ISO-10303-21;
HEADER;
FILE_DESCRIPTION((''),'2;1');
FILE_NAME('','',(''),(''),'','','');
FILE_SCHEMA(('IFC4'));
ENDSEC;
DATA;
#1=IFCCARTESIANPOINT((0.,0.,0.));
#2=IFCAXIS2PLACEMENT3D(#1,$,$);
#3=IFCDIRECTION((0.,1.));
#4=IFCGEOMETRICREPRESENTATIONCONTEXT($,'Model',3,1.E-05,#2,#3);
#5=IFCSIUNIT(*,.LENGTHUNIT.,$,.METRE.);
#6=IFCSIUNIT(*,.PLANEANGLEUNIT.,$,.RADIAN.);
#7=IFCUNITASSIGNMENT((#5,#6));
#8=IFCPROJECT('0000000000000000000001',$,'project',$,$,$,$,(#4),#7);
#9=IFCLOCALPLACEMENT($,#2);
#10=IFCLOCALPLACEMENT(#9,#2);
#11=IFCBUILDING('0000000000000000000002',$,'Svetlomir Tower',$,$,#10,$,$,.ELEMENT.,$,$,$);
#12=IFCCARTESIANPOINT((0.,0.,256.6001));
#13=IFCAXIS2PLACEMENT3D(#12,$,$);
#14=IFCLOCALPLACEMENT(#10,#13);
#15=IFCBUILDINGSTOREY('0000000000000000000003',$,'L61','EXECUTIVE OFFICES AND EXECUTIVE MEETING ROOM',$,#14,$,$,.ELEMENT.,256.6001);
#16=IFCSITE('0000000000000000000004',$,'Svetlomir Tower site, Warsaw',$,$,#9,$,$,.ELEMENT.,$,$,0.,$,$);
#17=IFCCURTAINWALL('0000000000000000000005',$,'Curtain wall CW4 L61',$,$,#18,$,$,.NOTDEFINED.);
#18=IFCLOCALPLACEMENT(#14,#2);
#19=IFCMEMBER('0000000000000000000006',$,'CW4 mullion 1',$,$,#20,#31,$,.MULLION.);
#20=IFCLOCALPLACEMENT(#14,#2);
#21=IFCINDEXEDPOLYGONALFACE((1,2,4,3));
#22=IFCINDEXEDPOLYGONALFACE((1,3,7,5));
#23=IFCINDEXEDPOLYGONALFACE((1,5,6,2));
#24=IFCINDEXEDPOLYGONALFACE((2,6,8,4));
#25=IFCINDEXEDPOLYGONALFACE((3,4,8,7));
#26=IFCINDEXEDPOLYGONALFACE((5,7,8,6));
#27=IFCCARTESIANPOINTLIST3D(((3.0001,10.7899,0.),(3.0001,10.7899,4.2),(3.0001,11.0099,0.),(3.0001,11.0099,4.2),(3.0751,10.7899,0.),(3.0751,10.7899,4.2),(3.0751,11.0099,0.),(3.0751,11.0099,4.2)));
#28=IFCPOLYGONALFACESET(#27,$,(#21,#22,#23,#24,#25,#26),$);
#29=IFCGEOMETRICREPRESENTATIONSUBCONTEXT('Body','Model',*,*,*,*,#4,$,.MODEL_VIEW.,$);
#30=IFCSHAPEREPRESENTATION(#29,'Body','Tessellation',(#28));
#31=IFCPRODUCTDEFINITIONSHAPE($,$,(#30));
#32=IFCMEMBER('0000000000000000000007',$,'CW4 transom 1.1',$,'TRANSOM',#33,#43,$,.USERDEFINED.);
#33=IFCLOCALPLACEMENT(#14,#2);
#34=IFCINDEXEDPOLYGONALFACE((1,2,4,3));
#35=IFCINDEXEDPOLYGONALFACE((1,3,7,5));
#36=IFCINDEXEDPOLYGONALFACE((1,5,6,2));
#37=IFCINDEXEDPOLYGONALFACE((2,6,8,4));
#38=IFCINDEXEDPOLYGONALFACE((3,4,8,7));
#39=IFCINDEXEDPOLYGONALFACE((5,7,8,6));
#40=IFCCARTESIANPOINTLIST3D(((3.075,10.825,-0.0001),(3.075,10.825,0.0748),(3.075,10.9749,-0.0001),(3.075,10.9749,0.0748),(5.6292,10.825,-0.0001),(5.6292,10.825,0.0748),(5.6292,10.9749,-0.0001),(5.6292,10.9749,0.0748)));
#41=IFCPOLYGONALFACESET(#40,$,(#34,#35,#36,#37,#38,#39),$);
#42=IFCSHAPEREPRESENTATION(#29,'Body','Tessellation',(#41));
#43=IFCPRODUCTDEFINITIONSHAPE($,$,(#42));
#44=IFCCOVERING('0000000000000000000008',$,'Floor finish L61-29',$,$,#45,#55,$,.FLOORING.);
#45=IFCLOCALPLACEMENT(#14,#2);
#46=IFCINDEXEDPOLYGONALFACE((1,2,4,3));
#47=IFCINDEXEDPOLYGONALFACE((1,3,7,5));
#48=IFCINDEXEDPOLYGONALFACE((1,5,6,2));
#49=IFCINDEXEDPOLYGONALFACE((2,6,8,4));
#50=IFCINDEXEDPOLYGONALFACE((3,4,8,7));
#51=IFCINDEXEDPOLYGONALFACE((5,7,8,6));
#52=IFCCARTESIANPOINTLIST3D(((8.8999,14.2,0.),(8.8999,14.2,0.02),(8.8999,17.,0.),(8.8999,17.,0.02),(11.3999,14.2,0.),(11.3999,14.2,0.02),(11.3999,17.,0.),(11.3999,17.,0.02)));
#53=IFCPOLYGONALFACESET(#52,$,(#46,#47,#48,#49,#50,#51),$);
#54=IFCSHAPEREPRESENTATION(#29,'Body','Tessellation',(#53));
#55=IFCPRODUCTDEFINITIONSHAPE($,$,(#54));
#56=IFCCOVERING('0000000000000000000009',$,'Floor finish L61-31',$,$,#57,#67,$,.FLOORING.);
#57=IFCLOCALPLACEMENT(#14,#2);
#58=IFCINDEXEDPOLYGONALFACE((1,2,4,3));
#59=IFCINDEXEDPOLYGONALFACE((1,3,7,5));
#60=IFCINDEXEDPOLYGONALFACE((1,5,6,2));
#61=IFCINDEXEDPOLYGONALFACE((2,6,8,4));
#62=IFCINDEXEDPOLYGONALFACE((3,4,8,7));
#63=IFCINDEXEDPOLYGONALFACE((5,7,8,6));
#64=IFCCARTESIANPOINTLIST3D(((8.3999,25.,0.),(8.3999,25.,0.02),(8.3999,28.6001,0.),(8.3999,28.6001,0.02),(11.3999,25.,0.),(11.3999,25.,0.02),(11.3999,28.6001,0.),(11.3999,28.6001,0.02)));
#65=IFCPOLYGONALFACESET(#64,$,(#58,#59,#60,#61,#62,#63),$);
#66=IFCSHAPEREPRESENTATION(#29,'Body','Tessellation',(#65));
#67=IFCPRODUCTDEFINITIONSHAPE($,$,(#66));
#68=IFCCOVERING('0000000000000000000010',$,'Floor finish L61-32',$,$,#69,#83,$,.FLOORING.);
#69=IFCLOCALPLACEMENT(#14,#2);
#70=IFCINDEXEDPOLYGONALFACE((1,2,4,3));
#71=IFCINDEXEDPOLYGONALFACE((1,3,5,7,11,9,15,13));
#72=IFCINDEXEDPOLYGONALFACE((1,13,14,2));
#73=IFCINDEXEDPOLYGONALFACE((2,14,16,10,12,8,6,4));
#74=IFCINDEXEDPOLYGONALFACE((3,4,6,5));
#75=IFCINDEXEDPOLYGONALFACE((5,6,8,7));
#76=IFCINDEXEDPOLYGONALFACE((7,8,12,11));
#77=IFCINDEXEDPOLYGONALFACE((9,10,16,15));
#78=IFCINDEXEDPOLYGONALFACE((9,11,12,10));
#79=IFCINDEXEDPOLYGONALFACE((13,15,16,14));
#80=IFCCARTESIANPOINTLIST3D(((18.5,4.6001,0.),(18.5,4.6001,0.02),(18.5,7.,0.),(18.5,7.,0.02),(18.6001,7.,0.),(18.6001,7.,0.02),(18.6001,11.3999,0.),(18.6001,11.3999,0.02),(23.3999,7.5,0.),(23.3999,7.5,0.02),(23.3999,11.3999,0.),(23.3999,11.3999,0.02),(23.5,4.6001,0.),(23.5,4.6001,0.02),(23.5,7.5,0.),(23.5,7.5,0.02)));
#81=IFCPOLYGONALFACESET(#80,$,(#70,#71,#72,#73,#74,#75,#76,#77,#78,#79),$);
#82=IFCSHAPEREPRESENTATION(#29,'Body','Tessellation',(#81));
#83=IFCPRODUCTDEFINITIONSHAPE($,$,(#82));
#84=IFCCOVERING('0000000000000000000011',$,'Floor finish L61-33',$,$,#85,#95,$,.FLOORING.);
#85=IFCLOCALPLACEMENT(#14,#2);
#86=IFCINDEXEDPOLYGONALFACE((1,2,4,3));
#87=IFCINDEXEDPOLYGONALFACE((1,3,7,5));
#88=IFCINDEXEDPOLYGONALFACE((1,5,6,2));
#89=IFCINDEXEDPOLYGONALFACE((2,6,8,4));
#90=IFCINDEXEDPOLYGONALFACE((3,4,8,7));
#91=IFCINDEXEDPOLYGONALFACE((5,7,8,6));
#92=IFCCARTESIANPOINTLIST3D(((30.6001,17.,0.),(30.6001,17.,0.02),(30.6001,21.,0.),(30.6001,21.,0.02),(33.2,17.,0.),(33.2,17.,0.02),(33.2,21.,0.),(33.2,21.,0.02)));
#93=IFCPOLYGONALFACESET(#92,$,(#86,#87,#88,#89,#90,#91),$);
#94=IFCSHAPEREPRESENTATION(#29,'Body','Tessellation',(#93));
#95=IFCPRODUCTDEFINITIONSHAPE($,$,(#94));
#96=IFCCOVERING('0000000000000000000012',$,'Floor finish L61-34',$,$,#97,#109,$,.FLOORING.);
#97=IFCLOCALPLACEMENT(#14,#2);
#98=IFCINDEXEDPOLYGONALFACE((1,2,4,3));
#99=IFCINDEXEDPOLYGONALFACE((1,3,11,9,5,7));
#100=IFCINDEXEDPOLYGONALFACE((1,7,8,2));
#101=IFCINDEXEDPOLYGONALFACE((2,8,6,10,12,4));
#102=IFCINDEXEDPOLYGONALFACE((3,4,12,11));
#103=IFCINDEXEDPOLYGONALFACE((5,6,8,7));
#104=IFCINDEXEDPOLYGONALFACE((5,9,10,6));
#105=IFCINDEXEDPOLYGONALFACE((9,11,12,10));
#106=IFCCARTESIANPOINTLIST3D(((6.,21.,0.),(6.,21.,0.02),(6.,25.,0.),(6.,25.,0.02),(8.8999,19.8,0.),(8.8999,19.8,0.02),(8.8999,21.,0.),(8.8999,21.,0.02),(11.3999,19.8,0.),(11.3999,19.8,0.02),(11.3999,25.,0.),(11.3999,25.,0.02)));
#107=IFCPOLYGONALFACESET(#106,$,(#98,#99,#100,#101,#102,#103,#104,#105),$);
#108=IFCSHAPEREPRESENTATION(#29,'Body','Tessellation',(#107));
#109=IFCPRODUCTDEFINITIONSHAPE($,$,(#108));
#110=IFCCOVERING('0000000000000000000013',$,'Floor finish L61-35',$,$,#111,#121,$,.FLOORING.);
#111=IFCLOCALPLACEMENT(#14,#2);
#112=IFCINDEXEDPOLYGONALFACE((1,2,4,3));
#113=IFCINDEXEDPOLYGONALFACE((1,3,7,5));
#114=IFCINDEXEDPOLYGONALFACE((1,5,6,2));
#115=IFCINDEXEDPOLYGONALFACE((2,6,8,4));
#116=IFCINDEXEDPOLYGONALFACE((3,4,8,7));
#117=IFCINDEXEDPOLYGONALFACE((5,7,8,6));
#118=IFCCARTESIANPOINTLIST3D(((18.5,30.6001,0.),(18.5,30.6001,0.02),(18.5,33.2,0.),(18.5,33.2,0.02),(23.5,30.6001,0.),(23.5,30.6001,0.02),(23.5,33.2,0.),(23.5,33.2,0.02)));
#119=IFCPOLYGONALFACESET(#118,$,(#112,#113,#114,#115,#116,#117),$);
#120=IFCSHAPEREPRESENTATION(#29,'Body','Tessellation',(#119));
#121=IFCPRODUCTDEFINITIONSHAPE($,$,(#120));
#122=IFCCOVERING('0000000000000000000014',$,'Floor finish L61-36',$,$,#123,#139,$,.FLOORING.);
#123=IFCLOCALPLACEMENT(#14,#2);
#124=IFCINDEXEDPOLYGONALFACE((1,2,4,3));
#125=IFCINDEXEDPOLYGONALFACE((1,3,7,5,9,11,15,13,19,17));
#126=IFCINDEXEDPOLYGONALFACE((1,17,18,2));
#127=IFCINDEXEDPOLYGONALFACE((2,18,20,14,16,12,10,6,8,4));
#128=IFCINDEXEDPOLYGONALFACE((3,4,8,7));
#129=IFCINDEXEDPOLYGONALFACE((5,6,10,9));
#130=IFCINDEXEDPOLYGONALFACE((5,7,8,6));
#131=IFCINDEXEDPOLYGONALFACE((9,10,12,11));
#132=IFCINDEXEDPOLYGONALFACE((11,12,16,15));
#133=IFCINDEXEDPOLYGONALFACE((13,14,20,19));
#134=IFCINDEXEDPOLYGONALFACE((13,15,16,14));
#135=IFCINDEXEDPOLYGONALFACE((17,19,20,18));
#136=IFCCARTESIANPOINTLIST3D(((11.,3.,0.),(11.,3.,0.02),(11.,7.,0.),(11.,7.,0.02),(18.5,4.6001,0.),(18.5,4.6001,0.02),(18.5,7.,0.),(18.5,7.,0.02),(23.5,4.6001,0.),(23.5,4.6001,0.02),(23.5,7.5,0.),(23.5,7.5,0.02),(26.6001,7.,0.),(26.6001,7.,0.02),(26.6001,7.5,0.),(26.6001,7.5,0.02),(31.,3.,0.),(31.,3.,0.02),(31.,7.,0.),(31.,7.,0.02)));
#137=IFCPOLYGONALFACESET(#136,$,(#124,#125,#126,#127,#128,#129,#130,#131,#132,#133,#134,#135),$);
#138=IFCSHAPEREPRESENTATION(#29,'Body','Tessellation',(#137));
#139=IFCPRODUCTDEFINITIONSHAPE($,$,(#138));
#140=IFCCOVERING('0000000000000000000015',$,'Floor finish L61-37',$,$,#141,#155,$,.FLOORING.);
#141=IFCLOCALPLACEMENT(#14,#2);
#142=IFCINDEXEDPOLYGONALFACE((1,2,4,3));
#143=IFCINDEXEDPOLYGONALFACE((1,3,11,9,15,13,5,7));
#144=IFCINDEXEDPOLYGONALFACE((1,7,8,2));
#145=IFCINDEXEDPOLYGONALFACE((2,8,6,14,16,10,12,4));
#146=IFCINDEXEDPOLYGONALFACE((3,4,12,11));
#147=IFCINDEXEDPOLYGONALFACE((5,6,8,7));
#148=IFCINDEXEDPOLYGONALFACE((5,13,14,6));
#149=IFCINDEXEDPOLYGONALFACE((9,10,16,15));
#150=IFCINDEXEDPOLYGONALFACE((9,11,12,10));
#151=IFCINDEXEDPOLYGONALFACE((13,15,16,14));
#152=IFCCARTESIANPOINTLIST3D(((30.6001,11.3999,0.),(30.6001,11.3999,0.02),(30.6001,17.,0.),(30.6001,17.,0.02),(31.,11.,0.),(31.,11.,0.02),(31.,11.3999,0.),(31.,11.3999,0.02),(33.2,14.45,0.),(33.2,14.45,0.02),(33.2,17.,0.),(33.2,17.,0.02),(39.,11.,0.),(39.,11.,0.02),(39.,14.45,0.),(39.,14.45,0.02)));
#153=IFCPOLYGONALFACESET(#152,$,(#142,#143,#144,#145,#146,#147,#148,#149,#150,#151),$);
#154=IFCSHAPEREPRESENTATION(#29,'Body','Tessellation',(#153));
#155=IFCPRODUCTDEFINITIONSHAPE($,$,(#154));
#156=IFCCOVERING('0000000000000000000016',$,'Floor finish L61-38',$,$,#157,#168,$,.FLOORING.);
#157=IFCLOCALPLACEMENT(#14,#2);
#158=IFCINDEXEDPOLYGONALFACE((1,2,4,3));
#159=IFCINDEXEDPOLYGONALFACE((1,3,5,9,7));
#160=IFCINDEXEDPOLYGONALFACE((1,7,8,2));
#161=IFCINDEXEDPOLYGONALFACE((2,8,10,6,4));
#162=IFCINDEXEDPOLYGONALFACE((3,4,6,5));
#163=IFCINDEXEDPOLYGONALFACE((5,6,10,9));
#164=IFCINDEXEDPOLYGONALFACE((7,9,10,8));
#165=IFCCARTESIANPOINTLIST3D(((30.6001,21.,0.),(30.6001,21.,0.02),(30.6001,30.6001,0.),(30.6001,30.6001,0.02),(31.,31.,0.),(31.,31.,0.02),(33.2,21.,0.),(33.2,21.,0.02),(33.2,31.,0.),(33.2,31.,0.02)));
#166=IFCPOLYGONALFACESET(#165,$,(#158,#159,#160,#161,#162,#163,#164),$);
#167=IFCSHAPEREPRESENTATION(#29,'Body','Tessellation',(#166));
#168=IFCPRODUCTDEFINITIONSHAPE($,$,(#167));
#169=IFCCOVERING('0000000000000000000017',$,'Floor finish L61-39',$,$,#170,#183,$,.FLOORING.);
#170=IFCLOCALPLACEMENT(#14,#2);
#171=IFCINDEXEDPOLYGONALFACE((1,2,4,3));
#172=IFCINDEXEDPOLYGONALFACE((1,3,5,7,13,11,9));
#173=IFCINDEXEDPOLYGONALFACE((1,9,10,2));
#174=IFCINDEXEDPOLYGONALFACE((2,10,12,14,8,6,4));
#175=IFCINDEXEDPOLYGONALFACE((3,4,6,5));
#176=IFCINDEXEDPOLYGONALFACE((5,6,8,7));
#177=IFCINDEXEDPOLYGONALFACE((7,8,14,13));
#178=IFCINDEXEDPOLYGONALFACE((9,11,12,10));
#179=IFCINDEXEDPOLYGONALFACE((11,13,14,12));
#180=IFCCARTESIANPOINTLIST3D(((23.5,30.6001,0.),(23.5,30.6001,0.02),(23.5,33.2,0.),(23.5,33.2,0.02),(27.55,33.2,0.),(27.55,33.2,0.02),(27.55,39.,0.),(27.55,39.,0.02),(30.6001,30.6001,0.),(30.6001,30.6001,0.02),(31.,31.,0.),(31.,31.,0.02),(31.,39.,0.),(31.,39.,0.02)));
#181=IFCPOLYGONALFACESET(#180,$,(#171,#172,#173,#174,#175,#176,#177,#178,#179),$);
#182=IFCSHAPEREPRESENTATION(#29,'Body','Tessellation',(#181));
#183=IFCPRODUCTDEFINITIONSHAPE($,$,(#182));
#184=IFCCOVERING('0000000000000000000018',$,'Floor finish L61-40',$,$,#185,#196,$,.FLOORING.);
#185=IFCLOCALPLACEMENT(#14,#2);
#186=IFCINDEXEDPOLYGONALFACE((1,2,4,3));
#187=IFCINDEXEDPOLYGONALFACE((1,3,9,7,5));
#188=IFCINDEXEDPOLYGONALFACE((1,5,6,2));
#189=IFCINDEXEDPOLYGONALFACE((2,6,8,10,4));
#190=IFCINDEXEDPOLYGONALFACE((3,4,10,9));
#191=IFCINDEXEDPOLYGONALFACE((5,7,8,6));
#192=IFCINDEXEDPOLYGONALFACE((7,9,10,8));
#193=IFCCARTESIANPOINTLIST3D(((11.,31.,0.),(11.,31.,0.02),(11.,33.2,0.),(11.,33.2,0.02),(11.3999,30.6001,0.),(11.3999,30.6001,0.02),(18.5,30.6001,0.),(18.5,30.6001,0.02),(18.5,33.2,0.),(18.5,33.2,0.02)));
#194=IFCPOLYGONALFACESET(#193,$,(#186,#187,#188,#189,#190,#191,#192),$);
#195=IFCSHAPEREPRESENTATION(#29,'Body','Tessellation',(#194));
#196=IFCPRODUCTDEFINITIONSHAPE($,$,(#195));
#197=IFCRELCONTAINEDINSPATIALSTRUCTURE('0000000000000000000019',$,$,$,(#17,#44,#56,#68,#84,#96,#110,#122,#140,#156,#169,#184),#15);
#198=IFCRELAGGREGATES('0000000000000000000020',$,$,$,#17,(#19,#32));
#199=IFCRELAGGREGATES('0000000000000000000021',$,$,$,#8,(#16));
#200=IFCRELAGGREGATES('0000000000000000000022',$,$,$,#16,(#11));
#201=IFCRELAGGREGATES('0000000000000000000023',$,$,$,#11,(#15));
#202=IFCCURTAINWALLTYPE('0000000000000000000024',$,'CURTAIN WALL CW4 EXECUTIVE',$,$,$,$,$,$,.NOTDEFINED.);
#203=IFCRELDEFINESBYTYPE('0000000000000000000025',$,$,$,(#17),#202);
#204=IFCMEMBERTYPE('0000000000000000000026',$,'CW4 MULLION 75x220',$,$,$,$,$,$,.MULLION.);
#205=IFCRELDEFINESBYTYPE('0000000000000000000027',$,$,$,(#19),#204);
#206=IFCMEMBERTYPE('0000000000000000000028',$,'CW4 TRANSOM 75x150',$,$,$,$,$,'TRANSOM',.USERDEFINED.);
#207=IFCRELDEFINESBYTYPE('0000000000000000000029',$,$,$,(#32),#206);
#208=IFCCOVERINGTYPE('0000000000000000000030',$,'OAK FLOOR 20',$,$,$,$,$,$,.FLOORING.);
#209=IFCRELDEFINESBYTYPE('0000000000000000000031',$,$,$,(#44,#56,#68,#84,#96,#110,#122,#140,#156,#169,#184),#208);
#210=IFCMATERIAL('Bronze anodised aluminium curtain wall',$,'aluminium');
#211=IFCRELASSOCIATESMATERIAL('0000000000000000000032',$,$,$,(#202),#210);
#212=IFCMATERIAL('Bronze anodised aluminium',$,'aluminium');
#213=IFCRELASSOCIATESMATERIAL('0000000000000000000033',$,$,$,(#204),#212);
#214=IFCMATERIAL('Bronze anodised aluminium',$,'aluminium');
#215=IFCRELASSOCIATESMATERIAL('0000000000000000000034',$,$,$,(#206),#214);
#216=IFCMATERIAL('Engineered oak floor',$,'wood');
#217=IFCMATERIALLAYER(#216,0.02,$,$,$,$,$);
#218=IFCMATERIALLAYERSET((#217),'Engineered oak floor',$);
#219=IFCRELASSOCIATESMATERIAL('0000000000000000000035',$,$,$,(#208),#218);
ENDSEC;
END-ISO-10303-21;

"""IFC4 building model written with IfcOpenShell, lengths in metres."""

from ifc_helpers import new_model, si_unit, direction, frame, origin, origin_2d, place, context, subcontext, project, spatial, polyline, rectangle, outline, extrude, material, layer, layer_set, material_profile, profile_set, type_object, element, aggregate, save


model = new_model("IFC4")

# Units and contexts
model_context = context("Model", 3, precision=1e-05, world=origin(), true_north=direction((0.0, 1.0)))
body_context = subcontext(model_context, "Body", "Model", "MODEL_VIEW")
ifc_project = project(units=[si_unit("LENGTHUNIT", "METRE"), si_unit("PLANEANGLEUNIT", "RADIAN")], contexts=[model_context])

# Site, building, storey
site_placement = place(None, origin())
site = spatial("IfcSite", under=ifc_project, at=site_placement, Name="Svetlomir Tower site, Warsaw", CompositionType="ELEMENT", RefElevation=0.0)
building_placement = place(site_placement, origin())
building = spatial("IfcBuilding", under=site, at=building_placement, Name="Svetlomir Tower", CompositionType="ELEMENT")
storey_placement = place(building_placement, frame((0.0, 0.0, 256.6001)))
storey = spatial("IfcBuildingStorey", under=building, at=storey_placement, Name="L61", Description="EXECUTIVE OFFICES AND EXECUTIVE MEETING ROOM", CompositionType="ELEMENT", Elevation=256.6001)

# Curtain wall, members
ifc_material_1 = material(Name="Bronze anodised aluminium curtain wall", Category="aluminium")
curtain_wall_type = type_object("IfcCurtainWallType", Name="CURTAIN WALL CW4 EXECUTIVE", PredefinedType="NOTDEFINED", material=ifc_material_1)
curtain_wall_placement = place(storey_placement, origin())
curtain_wall = element("IfcCurtainWall", 1, at=curtain_wall_placement, inside=storey, type_object=curtain_wall_type, Name="Curtain wall CW4 L61", PredefinedType="NOTDEFINED")
ifc_material_2 = material(Name="Bronze anodised aluminium", Category="aluminium")
ifc_material_profile_1 = material_profile(ifc_material_2, rectangle(XDim=0.075, YDim=0.22, at=origin_2d()), Name="AL 75x220")
ifc_profile_set_1 = profile_set([ifc_material_profile_1], Name="Bronze anodised aluminium 6063-T6")
member_type_1 = type_object("IfcMemberType", Name="CW4 MULLION 75x220", PredefinedType="MULLION", material=ifc_profile_set_1)
member_1_placement = place(storey_placement, frame((3.0376, 10.8999, 0.0), z_axis=(0.0, 0.0, 1.0), x_axis=(1.0, 0.0, 0.0)))
member_1 = element("IfcMember", 2, at=member_1_placement, type_object=member_type_1, Name="CW4 mullion 1", PredefinedType="MULLION", context=body_context, shape_type="SweptSolid", body=[
    extrude(rectangle(XDim=0.075, YDim=0.22, at=origin_2d()), origin(), (0.0, 0.0, 1.0), 4.2),
])
ifc_material_3 = material(Name="Bronze anodised aluminium", Category="aluminium")
ifc_material_profile_2 = material_profile(ifc_material_3, rectangle(XDim=0.1499, YDim=0.075, at=origin_2d()), Name="AL 150x75")
ifc_profile_set_2 = profile_set([ifc_material_profile_2], Name="Bronze anodised aluminium 6063-T6")
member_type_2 = type_object("IfcMemberType", Name="CW4 TRANSOM 75x150", ElementType="TRANSOM", PredefinedType="USERDEFINED", material=ifc_profile_set_2)
member_2_placement = place(storey_placement, frame((3.075, 10.8999, 0.0374), z_axis=(1.0, 0.0, 0.0), x_axis=(0.0, 1.0, 0.0)))
member_2 = element("IfcMember", 3, at=member_2_placement, type_object=member_type_2, Name="CW4 transom 1.1", ObjectType="TRANSOM", PredefinedType="USERDEFINED", context=body_context, shape_type="SweptSolid", body=[
    extrude(rectangle(XDim=0.1499, YDim=0.075, at=origin_2d()), origin(), (0.0, 0.0, 1.0), 2.5542),
])
aggregate(curtain_wall, [member_1, member_2])

# Coverings
ifc_material_4 = material(Name="Engineered oak floor", Category="wood")
ifc_layer_1 = layer(ifc_material_4, 0.02)
ifc_layer_set_1 = layer_set([ifc_layer_1], Name="Engineered oak floor")
covering_type_1 = type_object("IfcCoveringType", Name="OAK FLOOR 20", PredefinedType="FLOORING", material=ifc_layer_set_1)
covering_1_placement = place(storey_placement, origin())
element("IfcCovering", 4, at=covering_1_placement, inside=storey, type_object=covering_type_1, Name="Floor finish L61-29", PredefinedType="FLOORING", context=body_context, shape_type="SweptSolid", body=[
    extrude(outline(polyline([(8.8999, 14.2), (11.3999, 14.2), (11.3999, 17.0), (8.8999, 17.0), (8.8999, 14.2)])), origin(), (0.0, 0.0, 1.0), 0.02),
])
covering_2_placement = place(storey_placement, origin())
element("IfcCovering", 5, at=covering_2_placement, inside=storey, type_object=covering_type_1, Name="Floor finish L61-31", PredefinedType="FLOORING", context=body_context, shape_type="SweptSolid", body=[
    extrude(outline(polyline([(8.3999, 25.0), (11.3999, 25.0), (11.3999, 28.6001), (8.3999, 28.6001), (8.3999, 25.0)])), origin(), (0.0, 0.0, 1.0), 0.02),
])
covering_3_placement = place(storey_placement, origin())
element("IfcCovering", 6, at=covering_3_placement, inside=storey, type_object=covering_type_1, Name="Floor finish L61-32", PredefinedType="FLOORING", context=body_context, shape_type="SweptSolid", body=[
    extrude(outline(polyline([(23.3999, 7.5), (23.5, 7.5), (23.5, 4.6001), (18.5, 4.6001), (18.5, 7.0), (18.6001, 7.0), (18.6001, 11.3999), (23.3999, 11.3999), (23.3999, 7.5)])), origin(), (0.0, 0.0, 1.0), 0.02),
])
covering_4_placement = place(storey_placement, origin())
element("IfcCovering", 7, at=covering_4_placement, inside=storey, type_object=covering_type_1, Name="Floor finish L61-33", PredefinedType="FLOORING", context=body_context, shape_type="SweptSolid", body=[
    extrude(outline(polyline([(30.6001, 17.0), (30.6001, 21.0), (33.2, 21.0), (33.2, 17.0), (30.6001, 17.0)])), origin(), (0.0, 0.0, 1.0), 0.02),
])
covering_5_placement = place(storey_placement, origin())
element("IfcCovering", 8, at=covering_5_placement, inside=storey, type_object=covering_type_1, Name="Floor finish L61-34", PredefinedType="FLOORING", context=body_context, shape_type="SweptSolid", body=[
    extrude(outline(polyline([(6.0, 21.0), (6.0, 25.0), (11.3999, 25.0), (11.3999, 19.8), (8.8999, 19.8), (8.8999, 21.0), (6.0, 21.0)])), origin(), (0.0, 0.0, 1.0), 0.02),
])
covering_6_placement = place(storey_placement, origin())
element("IfcCovering", 9, at=covering_6_placement, inside=storey, type_object=covering_type_1, Name="Floor finish L61-35", PredefinedType="FLOORING", context=body_context, shape_type="SweptSolid", body=[
    extrude(outline(polyline([(23.5, 30.6001), (18.5, 30.6001), (18.5, 33.2), (23.5, 33.2), (23.5, 30.6001)])), origin(), (0.0, 0.0, 1.0), 0.02),
])
covering_7_placement = place(storey_placement, origin())
element("IfcCovering", 10, at=covering_7_placement, inside=storey, type_object=covering_type_1, Name="Floor finish L61-36", PredefinedType="FLOORING", context=body_context, shape_type="SweptSolid", body=[
    extrude(outline(polyline([(11.0, 7.0), (18.5, 7.0), (18.5, 4.6001), (23.5, 4.6001), (23.5, 7.5), (26.6001, 7.5), (26.6001, 7.0), (31.0, 7.0), (31.0, 3.0), (11.0, 3.0), (11.0, 7.0)])), origin(), (0.0, 0.0, 1.0), 0.02),
])
covering_8_placement = place(storey_placement, origin())
element("IfcCovering", 11, at=covering_8_placement, inside=storey, type_object=covering_type_1, Name="Floor finish L61-37", PredefinedType="FLOORING", context=body_context, shape_type="SweptSolid", body=[
    extrude(outline(polyline([(31.0, 11.3999), (30.6001, 11.3999), (30.6001, 17.0), (33.2, 17.0), (33.2, 14.45), (39.0, 14.45), (39.0, 11.0), (31.0, 11.0), (31.0, 11.3999)])), origin(), (0.0, 0.0, 1.0), 0.02),
])
covering_9_placement = place(storey_placement, origin())
element("IfcCovering", 12, at=covering_9_placement, inside=storey, type_object=covering_type_1, Name="Floor finish L61-38", PredefinedType="FLOORING", context=body_context, shape_type="SweptSolid", body=[
    extrude(outline(polyline([(33.2, 31.0), (33.2, 21.0), (30.6001, 21.0), (30.6001, 30.6001), (31.0, 31.0), (33.2, 31.0)])), origin(), (0.0, 0.0, 1.0), 0.02),
])
covering_10_placement = place(storey_placement, origin())
element("IfcCovering", 13, at=covering_10_placement, inside=storey, type_object=covering_type_1, Name="Floor finish L61-39", PredefinedType="FLOORING", context=body_context, shape_type="SweptSolid", body=[
    extrude(outline(polyline([(23.5, 30.6001), (23.5, 33.2), (27.55, 33.2), (27.55, 39.0), (31.0, 39.0), (31.0, 31.0), (30.6001, 30.6001), (23.5, 30.6001)])), origin(), (0.0, 0.0, 1.0), 0.02),
])
covering_11_placement = place(storey_placement, origin())
element("IfcCovering", 14, at=covering_11_placement, inside=storey, type_object=covering_type_1, Name="Floor finish L61-40", PredefinedType="FLOORING", context=body_context, shape_type="SweptSolid", body=[
    extrude(outline(polyline([(11.0, 33.2), (18.5, 33.2), (18.5, 30.6001), (11.3999, 30.6001), (11.0, 31.0), (11.0, 33.2)])), origin(), (0.0, 0.0, 1.0), 0.02),
])

save(model, "model.ifc")
